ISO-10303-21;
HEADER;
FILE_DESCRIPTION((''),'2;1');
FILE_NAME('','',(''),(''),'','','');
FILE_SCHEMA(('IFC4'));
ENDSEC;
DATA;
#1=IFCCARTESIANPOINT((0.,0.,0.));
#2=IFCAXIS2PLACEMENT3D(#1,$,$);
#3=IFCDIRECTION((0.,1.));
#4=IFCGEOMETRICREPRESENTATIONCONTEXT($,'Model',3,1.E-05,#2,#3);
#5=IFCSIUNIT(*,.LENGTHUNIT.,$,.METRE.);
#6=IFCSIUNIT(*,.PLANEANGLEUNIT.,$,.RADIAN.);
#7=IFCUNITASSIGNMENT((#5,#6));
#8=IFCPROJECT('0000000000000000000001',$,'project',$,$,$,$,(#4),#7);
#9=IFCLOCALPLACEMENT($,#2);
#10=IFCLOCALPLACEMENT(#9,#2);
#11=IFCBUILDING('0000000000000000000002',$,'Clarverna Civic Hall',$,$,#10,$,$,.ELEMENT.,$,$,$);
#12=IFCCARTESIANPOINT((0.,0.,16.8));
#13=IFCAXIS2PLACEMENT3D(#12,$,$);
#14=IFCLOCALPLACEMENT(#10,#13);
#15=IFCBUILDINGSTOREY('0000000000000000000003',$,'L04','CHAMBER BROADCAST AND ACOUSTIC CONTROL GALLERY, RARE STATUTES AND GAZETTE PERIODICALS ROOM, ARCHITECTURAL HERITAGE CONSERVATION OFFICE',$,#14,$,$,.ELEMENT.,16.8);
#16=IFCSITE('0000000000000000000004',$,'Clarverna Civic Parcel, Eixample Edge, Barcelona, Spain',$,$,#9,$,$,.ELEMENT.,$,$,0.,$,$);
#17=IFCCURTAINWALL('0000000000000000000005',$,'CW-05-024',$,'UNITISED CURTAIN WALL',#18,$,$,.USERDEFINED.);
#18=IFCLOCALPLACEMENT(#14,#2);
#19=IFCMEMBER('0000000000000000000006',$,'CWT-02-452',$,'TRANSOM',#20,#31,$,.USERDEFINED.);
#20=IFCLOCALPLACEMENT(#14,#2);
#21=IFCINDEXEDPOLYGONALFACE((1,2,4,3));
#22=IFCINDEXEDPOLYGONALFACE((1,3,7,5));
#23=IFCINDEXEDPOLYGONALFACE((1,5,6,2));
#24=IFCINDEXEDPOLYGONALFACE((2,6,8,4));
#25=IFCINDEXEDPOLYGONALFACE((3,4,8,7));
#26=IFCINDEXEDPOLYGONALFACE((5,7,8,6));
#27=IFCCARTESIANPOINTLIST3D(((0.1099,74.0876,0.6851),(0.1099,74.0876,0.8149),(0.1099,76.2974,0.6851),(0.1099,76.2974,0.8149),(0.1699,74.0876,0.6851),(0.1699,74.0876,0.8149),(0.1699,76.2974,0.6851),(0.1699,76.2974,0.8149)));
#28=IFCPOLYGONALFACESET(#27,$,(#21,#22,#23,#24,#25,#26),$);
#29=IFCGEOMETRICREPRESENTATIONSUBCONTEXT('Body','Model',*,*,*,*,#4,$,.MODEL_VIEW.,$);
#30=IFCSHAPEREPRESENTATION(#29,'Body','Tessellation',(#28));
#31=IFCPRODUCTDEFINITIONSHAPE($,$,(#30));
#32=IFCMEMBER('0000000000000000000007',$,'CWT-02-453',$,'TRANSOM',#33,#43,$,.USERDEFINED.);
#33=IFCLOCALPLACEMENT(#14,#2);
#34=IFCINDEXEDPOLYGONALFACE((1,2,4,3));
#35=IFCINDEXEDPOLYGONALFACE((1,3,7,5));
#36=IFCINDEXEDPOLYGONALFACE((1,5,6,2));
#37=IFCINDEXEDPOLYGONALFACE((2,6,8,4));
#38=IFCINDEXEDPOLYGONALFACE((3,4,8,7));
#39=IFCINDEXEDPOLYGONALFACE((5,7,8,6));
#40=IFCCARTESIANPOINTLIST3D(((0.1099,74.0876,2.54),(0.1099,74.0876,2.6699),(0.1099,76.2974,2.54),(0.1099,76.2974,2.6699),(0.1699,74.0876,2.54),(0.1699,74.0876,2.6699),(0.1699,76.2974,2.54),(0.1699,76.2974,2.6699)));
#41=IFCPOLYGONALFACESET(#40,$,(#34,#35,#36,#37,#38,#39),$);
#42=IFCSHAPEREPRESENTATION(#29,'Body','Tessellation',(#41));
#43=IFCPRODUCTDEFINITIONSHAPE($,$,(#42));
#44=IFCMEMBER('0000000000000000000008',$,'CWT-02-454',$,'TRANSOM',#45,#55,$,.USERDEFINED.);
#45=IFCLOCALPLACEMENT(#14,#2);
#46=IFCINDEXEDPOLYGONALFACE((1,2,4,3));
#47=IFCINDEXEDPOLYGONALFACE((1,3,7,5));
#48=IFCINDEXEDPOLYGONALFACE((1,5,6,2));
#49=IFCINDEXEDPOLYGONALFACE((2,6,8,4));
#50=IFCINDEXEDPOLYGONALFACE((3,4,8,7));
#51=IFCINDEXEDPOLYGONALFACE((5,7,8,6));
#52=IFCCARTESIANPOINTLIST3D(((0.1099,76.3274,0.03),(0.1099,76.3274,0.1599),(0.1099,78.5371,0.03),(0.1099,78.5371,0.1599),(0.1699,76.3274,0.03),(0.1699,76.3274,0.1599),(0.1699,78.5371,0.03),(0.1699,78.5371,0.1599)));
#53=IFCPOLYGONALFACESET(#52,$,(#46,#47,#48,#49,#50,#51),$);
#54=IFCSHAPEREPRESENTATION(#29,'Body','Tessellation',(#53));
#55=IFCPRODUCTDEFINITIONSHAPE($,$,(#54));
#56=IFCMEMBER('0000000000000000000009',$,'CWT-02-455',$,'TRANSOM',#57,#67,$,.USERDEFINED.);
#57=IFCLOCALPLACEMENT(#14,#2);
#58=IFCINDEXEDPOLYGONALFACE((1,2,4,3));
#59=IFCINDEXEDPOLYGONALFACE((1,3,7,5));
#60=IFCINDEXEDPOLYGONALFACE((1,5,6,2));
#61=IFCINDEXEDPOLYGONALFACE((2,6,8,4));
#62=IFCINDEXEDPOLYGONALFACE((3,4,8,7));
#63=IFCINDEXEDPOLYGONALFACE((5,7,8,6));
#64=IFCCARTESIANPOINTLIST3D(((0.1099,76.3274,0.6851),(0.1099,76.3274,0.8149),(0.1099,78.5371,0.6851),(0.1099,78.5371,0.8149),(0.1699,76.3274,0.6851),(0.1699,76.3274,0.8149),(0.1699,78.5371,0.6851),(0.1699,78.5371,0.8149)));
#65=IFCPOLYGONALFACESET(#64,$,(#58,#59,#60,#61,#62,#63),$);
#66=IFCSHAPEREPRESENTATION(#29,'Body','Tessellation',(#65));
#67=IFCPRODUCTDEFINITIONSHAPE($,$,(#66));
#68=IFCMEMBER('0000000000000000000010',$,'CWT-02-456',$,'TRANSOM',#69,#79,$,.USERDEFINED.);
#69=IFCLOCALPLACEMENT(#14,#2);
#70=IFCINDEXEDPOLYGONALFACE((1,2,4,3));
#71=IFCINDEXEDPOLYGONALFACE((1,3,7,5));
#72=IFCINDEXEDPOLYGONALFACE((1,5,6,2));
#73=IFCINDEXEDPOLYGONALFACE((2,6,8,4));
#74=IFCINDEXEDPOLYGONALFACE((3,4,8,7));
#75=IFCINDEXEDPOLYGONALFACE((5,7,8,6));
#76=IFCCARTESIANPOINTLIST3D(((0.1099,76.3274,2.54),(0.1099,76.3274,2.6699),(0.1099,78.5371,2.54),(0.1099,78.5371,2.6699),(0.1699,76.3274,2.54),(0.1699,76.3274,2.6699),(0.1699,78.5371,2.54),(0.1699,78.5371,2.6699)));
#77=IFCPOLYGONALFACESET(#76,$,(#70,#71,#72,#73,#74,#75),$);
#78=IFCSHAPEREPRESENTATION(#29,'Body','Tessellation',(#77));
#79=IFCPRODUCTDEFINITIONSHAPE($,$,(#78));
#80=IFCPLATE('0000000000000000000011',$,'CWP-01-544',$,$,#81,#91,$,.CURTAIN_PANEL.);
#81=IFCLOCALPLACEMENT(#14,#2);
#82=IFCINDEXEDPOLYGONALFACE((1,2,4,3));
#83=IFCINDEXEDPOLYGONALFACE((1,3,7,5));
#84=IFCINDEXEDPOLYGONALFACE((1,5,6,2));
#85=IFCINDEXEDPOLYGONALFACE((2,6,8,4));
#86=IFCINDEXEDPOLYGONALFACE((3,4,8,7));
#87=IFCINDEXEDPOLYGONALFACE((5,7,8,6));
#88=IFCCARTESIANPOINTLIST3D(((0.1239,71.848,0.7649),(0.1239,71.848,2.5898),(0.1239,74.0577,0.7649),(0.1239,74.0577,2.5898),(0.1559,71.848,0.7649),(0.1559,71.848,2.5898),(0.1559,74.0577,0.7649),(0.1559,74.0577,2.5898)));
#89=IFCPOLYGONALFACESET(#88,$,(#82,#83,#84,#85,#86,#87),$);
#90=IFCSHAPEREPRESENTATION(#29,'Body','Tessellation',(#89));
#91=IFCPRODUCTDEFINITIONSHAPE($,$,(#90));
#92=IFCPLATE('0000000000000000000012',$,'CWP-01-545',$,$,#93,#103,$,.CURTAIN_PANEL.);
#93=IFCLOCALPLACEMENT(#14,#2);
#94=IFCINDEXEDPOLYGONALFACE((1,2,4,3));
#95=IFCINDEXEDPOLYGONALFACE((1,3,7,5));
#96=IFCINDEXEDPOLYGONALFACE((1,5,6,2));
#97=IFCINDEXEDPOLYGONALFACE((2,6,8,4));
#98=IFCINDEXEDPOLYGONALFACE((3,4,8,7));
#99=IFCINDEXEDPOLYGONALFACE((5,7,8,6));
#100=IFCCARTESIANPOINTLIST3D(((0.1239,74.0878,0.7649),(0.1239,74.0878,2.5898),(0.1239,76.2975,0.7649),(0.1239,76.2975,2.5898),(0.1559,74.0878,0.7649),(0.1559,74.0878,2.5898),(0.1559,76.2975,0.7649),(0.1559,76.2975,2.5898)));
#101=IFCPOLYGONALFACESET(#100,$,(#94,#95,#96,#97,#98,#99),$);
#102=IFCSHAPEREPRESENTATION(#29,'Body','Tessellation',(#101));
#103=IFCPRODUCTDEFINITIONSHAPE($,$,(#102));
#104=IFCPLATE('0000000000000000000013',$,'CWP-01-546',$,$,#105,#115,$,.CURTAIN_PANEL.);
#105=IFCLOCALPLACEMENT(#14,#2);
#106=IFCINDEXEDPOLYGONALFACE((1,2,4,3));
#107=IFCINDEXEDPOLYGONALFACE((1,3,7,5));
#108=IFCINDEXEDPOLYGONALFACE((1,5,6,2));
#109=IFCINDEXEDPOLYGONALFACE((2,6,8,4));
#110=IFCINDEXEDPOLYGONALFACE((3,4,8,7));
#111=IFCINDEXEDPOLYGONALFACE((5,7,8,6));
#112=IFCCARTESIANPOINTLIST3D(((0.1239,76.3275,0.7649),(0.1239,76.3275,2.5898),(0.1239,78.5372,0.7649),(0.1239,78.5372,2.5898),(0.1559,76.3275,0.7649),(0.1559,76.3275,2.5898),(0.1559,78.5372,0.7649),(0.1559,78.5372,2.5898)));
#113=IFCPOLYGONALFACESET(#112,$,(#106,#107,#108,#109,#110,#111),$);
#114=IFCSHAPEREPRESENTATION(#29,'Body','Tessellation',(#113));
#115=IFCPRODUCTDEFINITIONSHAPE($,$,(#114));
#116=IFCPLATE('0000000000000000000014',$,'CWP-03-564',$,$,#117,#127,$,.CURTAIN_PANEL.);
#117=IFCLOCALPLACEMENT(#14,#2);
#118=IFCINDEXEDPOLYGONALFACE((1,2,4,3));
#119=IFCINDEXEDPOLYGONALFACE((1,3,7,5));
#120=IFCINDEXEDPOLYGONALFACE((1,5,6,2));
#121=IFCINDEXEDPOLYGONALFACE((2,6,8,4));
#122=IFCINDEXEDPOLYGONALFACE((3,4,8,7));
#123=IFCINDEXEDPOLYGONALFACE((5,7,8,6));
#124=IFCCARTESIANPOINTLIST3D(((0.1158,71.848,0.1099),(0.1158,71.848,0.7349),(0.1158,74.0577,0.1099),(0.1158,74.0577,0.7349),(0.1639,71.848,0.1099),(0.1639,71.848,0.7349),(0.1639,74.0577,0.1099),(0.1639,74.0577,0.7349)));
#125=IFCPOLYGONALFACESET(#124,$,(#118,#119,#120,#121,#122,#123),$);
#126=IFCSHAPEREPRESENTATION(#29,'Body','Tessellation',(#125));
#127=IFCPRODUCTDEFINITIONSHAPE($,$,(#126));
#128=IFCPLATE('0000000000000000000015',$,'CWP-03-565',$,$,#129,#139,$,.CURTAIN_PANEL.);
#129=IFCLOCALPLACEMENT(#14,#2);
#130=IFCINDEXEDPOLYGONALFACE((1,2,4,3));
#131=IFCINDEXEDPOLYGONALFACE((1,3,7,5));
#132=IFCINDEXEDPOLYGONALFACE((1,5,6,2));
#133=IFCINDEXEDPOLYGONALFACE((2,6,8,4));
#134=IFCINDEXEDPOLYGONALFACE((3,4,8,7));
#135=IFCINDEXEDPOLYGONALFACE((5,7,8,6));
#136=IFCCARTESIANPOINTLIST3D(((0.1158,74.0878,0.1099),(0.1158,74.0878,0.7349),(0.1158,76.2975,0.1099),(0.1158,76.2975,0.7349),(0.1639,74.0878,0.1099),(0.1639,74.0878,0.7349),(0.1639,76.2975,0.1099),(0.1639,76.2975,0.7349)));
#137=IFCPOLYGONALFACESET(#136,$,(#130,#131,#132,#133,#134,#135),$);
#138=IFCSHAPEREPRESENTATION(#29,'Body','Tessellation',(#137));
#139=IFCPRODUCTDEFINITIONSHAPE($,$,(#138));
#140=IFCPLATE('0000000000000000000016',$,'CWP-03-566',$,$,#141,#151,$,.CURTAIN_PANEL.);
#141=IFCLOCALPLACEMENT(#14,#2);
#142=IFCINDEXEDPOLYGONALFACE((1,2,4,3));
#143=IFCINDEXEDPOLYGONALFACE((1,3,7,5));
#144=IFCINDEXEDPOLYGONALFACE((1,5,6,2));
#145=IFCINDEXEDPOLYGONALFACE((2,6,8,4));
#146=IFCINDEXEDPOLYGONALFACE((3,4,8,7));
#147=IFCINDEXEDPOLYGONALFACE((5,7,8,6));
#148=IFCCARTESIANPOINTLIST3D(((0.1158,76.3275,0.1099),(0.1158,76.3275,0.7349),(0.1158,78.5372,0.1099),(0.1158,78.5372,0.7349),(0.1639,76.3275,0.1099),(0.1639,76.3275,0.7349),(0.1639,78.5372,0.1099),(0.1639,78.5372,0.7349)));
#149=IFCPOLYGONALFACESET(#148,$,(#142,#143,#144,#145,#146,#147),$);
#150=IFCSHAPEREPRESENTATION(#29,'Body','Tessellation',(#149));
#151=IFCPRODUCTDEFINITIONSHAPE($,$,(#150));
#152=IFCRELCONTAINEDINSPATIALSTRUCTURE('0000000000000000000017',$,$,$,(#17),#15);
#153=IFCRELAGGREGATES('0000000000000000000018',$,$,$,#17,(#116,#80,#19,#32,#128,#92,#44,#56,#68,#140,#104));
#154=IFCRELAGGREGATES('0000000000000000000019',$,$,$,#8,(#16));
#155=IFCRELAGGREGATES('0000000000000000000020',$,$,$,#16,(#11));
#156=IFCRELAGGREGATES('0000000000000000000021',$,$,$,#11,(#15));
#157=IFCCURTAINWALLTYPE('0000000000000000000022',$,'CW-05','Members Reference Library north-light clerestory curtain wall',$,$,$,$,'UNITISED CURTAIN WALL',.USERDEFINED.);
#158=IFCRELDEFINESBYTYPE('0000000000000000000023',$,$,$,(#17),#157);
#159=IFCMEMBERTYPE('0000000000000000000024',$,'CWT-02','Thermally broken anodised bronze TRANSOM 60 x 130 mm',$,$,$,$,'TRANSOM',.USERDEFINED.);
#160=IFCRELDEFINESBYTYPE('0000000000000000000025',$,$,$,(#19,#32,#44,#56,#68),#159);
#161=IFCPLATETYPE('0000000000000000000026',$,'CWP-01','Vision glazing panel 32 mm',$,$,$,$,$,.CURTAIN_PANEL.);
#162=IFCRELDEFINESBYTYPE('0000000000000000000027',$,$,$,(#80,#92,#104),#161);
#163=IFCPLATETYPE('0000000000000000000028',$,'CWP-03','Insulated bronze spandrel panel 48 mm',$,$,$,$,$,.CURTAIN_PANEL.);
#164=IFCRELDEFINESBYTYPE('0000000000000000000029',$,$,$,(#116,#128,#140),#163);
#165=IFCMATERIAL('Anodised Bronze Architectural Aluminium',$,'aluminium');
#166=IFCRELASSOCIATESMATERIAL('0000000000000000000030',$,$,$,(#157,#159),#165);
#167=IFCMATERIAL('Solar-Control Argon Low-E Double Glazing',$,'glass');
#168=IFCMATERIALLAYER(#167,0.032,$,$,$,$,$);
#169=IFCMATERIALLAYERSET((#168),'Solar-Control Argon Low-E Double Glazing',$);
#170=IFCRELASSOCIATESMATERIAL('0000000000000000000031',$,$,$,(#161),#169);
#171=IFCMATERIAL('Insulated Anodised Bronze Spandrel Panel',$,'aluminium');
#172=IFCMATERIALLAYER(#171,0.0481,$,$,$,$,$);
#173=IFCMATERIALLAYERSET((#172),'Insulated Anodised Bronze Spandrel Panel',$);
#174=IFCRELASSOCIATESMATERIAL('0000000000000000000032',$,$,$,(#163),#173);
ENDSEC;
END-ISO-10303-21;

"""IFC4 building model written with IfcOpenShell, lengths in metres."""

from ifc_helpers import new_model, si_unit, direction, frame, frame_2d, origin, origin_2d, place, context, subcontext, project, spatial, rectangle, extrude, material, layer, layer_set, material_profile, profile_set, type_object, element, aggregate, save


model = new_model("IFC4")

# Units and contexts
model_context = context("Model", 3, precision=1e-05, world=origin(), true_north=direction((0.0, 1.0)))
body_context = subcontext(model_context, "Body", "Model", "MODEL_VIEW")
ifc_project = project(units=[si_unit("LENGTHUNIT", "METRE"), si_unit("PLANEANGLEUNIT", "RADIAN")], contexts=[model_context])

# Site, building, storey
site_placement = place(None, origin())
site = spatial("IfcSite", under=ifc_project, at=site_placement, Name="Clarverna Civic Parcel, Eixample Edge, Barcelona, Spain", CompositionType="ELEMENT", RefElevation=0.0)
building_placement = place(site_placement, origin())
building = spatial("IfcBuilding", under=site, at=building_placement, Name="Clarverna Civic Hall", CompositionType="ELEMENT")
storey_placement = place(building_placement, frame((0.0, 0.0, 16.8)))
storey = spatial("IfcBuildingStorey", under=building, at=storey_placement, Name="L04", Description="CHAMBER BROADCAST AND ACOUSTIC CONTROL GALLERY, RARE STATUTES AND GAZETTE PERIODICALS ROOM, ARCHITECTURAL HERITAGE CONSERVATION OFFICE", CompositionType="ELEMENT", Elevation=16.8)

# Curtain wall, members, plates
ifc_material_1 = material(Name="Anodised Bronze Architectural Aluminium", Category="aluminium")
curtain_wall_type = type_object("IfcCurtainWallType", Name="CW-05", Description="Members Reference Library north-light clerestory curtain wall", ElementType="UNITISED CURTAIN WALL", PredefinedType="USERDEFINED", material=ifc_material_1)
curtain_wall_placement = place(storey_placement, origin())
curtain_wall = element("IfcCurtainWall", 1, at=curtain_wall_placement, inside=storey, type_object=curtain_wall_type, Name="CW-05-024", ObjectType="UNITISED CURTAIN WALL", PredefinedType="USERDEFINED")
ifc_material_profile_1 = material_profile(ifc_material_1, rectangle(XDim=0.0601, YDim=0.1299, at=origin_2d()), Name="BRONZE 60x130")
ifc_profile_set_1 = profile_set([ifc_material_profile_1], Name="Anodised Bronze Architectural Aluminium")
member_type_1 = type_object("IfcMemberType", Name="CWT-02", Description="Thermally broken anodised bronze TRANSOM 60 x 130 mm", ElementType="TRANSOM", PredefinedType="USERDEFINED", material=ifc_profile_set_1)
member_1_placement = place(storey_placement, frame((0.1399, 74.0876, 0.75), z_axis=(0.0, 1.0, 0.0), x_axis=(-1.0, 0.0, 0.0)))
member_1 = element("IfcMember", 2, at=member_1_placement, type_object=member_type_1, Name="CWT-02-452", ObjectType="TRANSOM", PredefinedType="USERDEFINED", context=body_context, shape_type="SweptSolid", body=[
    extrude(rectangle(XDim=0.0601, YDim=0.1299, at=origin_2d()), origin(), (0.0, 0.0, 1.0), 2.2097),
])
member_2_placement = place(storey_placement, frame((0.1399, 74.0876, 2.605), z_axis=(0.0, 1.0, 0.0), x_axis=(-1.0, 0.0, 0.0)))
member_2 = element("IfcMember", 3, at=member_2_placement, type_object=member_type_1, Name="CWT-02-453", ObjectType="TRANSOM", PredefinedType="USERDEFINED", context=body_context, shape_type="SweptSolid", body=[
    extrude(rectangle(XDim=0.0601, YDim=0.1299, at=origin_2d()), origin(), (0.0, 0.0, 1.0), 2.2097),
])
member_3_placement = place(storey_placement, frame((0.1399, 76.3274, 0.095), z_axis=(0.0, 1.0, 0.0), x_axis=(-1.0, 0.0, 0.0)))
member_3 = element("IfcMember", 4, at=member_3_placement, type_object=member_type_1, Name="CWT-02-454", ObjectType="TRANSOM", PredefinedType="USERDEFINED", context=body_context, shape_type="SweptSolid", body=[
    extrude(rectangle(XDim=0.0601, YDim=0.1299, at=origin_2d()), origin(), (0.0, 0.0, 1.0), 2.2097),
])
member_4_placement = place(storey_placement, frame((0.1399, 76.3274, 0.75), z_axis=(0.0, 1.0, 0.0), x_axis=(-1.0, 0.0, 0.0)))
member_4 = element("IfcMember", 5, at=member_4_placement, type_object=member_type_1, Name="CWT-02-455", ObjectType="TRANSOM", PredefinedType="USERDEFINED", context=body_context, shape_type="SweptSolid", body=[
    extrude(rectangle(XDim=0.0601, YDim=0.1299, at=origin_2d()), origin(), (0.0, 0.0, 1.0), 2.2097),
])
member_5_placement = place(storey_placement, frame((0.1399, 76.3274, 2.605), z_axis=(0.0, 1.0, 0.0), x_axis=(-1.0, 0.0, 0.0)))
member_5 = element("IfcMember", 6, at=member_5_placement, type_object=member_type_1, Name="CWT-02-456", ObjectType="TRANSOM", PredefinedType="USERDEFINED", context=body_context, shape_type="SweptSolid", body=[
    extrude(rectangle(XDim=0.0601, YDim=0.1299, at=origin_2d()), origin(), (0.0, 0.0, 1.0), 2.2097),
])
ifc_material_2 = material(Name="Solar-Control Argon Low-E Double Glazing", Category="glass")
ifc_layer_1 = layer(ifc_material_2, 0.032)
ifc_layer_set_1 = layer_set([ifc_layer_1], Name="Solar-Control Argon Low-E Double Glazing")
plate_type_1 = type_object("IfcPlateType", Name="CWP-01", Description="Vision glazing panel 32 mm", PredefinedType="CURTAIN_PANEL", material=ifc_layer_set_1)
plate_1_placement = place(storey_placement, frame((0.1399, 71.8479, 0.7649), z_axis=(0.0, 0.0, 1.0), x_axis=(0.0, 1.0, 0.0)))
plate_1 = element("IfcPlate", 7, at=plate_1_placement, type_object=plate_type_1, Name="CWP-01-544", PredefinedType="CURTAIN_PANEL", context=body_context, shape_type="SweptSolid", body=[
    extrude(rectangle(XDim=2.2097, YDim=0.032, at=frame_2d((1.105, 0.0))), origin(), (0.0, 0.0, 1.0), 1.825),
])
plate_2_placement = place(storey_placement, frame((0.1399, 74.0876, 0.7649), z_axis=(0.0, 0.0, 1.0), x_axis=(0.0, 1.0, 0.0)))
plate_2 = element("IfcPlate", 8, at=plate_2_placement, type_object=plate_type_1, Name="CWP-01-545", PredefinedType="CURTAIN_PANEL", context=body_context, shape_type="SweptSolid", body=[
    extrude(rectangle(XDim=2.2097, YDim=0.032, at=frame_2d((1.105, 0.0))), origin(), (0.0, 0.0, 1.0), 1.825),
])
plate_3_placement = place(storey_placement, frame((0.1399, 76.3274, 0.7649), z_axis=(0.0, 0.0, 1.0), x_axis=(0.0, 1.0, 0.0)))
plate_3 = element("IfcPlate", 9, at=plate_3_placement, type_object=plate_type_1, Name="CWP-01-546", PredefinedType="CURTAIN_PANEL", context=body_context, shape_type="SweptSolid", body=[
    extrude(rectangle(XDim=2.2097, YDim=0.032, at=frame_2d((1.105, 0.0))), origin(), (0.0, 0.0, 1.0), 1.825),
])
ifc_material_3 = material(Name="Insulated Anodised Bronze Spandrel Panel", Category="aluminium")
ifc_layer_2 = layer(ifc_material_3, 0.0481)
ifc_layer_set_2 = layer_set([ifc_layer_2], Name="Insulated Anodised Bronze Spandrel Panel")
plate_type_2 = type_object("IfcPlateType", Name="CWP-03", Description="Insulated bronze spandrel panel 48 mm", PredefinedType="CURTAIN_PANEL", material=ifc_layer_set_2)
plate_4_placement = place(storey_placement, frame((0.1399, 71.8479, 0.1099), z_axis=(0.0, 0.0, 1.0), x_axis=(0.0, 1.0, 0.0)))
plate_4 = element("IfcPlate", 10, at=plate_4_placement, type_object=plate_type_2, Name="CWP-03-564", PredefinedType="CURTAIN_PANEL", context=body_context, shape_type="SweptSolid", body=[
    extrude(rectangle(XDim=2.2097, YDim=0.0481, at=frame_2d((1.105, 0.0))), origin(), (0.0, 0.0, 1.0), 0.625),
])
plate_5_placement = place(storey_placement, frame((0.1399, 74.0876, 0.1099), z_axis=(0.0, 0.0, 1.0), x_axis=(0.0, 1.0, 0.0)))
plate_5 = element("IfcPlate", 11, at=plate_5_placement, type_object=plate_type_2, Name="CWP-03-565", PredefinedType="CURTAIN_PANEL", context=body_context, shape_type="SweptSolid", body=[
    extrude(rectangle(XDim=2.2097, YDim=0.0481, at=frame_2d((1.105, 0.0))), origin(), (0.0, 0.0, 1.0), 0.625),
])
plate_6_placement = place(storey_placement, frame((0.1399, 76.3274, 0.1099), z_axis=(0.0, 0.0, 1.0), x_axis=(0.0, 1.0, 0.0)))
plate_6 = element("IfcPlate", 12, at=plate_6_placement, type_object=plate_type_2, Name="CWP-03-566", PredefinedType="CURTAIN_PANEL", context=body_context, shape_type="SweptSolid", body=[
    extrude(rectangle(XDim=2.2097, YDim=0.0481, at=frame_2d((1.105, 0.0))), origin(), (0.0, 0.0, 1.0), 0.625),
])
aggregate(curtain_wall, [plate_4, plate_1, member_1, member_2, plate_5, plate_2, member_3, member_4, member_5, plate_6, plate_3])

save(model, "model.ifc")
